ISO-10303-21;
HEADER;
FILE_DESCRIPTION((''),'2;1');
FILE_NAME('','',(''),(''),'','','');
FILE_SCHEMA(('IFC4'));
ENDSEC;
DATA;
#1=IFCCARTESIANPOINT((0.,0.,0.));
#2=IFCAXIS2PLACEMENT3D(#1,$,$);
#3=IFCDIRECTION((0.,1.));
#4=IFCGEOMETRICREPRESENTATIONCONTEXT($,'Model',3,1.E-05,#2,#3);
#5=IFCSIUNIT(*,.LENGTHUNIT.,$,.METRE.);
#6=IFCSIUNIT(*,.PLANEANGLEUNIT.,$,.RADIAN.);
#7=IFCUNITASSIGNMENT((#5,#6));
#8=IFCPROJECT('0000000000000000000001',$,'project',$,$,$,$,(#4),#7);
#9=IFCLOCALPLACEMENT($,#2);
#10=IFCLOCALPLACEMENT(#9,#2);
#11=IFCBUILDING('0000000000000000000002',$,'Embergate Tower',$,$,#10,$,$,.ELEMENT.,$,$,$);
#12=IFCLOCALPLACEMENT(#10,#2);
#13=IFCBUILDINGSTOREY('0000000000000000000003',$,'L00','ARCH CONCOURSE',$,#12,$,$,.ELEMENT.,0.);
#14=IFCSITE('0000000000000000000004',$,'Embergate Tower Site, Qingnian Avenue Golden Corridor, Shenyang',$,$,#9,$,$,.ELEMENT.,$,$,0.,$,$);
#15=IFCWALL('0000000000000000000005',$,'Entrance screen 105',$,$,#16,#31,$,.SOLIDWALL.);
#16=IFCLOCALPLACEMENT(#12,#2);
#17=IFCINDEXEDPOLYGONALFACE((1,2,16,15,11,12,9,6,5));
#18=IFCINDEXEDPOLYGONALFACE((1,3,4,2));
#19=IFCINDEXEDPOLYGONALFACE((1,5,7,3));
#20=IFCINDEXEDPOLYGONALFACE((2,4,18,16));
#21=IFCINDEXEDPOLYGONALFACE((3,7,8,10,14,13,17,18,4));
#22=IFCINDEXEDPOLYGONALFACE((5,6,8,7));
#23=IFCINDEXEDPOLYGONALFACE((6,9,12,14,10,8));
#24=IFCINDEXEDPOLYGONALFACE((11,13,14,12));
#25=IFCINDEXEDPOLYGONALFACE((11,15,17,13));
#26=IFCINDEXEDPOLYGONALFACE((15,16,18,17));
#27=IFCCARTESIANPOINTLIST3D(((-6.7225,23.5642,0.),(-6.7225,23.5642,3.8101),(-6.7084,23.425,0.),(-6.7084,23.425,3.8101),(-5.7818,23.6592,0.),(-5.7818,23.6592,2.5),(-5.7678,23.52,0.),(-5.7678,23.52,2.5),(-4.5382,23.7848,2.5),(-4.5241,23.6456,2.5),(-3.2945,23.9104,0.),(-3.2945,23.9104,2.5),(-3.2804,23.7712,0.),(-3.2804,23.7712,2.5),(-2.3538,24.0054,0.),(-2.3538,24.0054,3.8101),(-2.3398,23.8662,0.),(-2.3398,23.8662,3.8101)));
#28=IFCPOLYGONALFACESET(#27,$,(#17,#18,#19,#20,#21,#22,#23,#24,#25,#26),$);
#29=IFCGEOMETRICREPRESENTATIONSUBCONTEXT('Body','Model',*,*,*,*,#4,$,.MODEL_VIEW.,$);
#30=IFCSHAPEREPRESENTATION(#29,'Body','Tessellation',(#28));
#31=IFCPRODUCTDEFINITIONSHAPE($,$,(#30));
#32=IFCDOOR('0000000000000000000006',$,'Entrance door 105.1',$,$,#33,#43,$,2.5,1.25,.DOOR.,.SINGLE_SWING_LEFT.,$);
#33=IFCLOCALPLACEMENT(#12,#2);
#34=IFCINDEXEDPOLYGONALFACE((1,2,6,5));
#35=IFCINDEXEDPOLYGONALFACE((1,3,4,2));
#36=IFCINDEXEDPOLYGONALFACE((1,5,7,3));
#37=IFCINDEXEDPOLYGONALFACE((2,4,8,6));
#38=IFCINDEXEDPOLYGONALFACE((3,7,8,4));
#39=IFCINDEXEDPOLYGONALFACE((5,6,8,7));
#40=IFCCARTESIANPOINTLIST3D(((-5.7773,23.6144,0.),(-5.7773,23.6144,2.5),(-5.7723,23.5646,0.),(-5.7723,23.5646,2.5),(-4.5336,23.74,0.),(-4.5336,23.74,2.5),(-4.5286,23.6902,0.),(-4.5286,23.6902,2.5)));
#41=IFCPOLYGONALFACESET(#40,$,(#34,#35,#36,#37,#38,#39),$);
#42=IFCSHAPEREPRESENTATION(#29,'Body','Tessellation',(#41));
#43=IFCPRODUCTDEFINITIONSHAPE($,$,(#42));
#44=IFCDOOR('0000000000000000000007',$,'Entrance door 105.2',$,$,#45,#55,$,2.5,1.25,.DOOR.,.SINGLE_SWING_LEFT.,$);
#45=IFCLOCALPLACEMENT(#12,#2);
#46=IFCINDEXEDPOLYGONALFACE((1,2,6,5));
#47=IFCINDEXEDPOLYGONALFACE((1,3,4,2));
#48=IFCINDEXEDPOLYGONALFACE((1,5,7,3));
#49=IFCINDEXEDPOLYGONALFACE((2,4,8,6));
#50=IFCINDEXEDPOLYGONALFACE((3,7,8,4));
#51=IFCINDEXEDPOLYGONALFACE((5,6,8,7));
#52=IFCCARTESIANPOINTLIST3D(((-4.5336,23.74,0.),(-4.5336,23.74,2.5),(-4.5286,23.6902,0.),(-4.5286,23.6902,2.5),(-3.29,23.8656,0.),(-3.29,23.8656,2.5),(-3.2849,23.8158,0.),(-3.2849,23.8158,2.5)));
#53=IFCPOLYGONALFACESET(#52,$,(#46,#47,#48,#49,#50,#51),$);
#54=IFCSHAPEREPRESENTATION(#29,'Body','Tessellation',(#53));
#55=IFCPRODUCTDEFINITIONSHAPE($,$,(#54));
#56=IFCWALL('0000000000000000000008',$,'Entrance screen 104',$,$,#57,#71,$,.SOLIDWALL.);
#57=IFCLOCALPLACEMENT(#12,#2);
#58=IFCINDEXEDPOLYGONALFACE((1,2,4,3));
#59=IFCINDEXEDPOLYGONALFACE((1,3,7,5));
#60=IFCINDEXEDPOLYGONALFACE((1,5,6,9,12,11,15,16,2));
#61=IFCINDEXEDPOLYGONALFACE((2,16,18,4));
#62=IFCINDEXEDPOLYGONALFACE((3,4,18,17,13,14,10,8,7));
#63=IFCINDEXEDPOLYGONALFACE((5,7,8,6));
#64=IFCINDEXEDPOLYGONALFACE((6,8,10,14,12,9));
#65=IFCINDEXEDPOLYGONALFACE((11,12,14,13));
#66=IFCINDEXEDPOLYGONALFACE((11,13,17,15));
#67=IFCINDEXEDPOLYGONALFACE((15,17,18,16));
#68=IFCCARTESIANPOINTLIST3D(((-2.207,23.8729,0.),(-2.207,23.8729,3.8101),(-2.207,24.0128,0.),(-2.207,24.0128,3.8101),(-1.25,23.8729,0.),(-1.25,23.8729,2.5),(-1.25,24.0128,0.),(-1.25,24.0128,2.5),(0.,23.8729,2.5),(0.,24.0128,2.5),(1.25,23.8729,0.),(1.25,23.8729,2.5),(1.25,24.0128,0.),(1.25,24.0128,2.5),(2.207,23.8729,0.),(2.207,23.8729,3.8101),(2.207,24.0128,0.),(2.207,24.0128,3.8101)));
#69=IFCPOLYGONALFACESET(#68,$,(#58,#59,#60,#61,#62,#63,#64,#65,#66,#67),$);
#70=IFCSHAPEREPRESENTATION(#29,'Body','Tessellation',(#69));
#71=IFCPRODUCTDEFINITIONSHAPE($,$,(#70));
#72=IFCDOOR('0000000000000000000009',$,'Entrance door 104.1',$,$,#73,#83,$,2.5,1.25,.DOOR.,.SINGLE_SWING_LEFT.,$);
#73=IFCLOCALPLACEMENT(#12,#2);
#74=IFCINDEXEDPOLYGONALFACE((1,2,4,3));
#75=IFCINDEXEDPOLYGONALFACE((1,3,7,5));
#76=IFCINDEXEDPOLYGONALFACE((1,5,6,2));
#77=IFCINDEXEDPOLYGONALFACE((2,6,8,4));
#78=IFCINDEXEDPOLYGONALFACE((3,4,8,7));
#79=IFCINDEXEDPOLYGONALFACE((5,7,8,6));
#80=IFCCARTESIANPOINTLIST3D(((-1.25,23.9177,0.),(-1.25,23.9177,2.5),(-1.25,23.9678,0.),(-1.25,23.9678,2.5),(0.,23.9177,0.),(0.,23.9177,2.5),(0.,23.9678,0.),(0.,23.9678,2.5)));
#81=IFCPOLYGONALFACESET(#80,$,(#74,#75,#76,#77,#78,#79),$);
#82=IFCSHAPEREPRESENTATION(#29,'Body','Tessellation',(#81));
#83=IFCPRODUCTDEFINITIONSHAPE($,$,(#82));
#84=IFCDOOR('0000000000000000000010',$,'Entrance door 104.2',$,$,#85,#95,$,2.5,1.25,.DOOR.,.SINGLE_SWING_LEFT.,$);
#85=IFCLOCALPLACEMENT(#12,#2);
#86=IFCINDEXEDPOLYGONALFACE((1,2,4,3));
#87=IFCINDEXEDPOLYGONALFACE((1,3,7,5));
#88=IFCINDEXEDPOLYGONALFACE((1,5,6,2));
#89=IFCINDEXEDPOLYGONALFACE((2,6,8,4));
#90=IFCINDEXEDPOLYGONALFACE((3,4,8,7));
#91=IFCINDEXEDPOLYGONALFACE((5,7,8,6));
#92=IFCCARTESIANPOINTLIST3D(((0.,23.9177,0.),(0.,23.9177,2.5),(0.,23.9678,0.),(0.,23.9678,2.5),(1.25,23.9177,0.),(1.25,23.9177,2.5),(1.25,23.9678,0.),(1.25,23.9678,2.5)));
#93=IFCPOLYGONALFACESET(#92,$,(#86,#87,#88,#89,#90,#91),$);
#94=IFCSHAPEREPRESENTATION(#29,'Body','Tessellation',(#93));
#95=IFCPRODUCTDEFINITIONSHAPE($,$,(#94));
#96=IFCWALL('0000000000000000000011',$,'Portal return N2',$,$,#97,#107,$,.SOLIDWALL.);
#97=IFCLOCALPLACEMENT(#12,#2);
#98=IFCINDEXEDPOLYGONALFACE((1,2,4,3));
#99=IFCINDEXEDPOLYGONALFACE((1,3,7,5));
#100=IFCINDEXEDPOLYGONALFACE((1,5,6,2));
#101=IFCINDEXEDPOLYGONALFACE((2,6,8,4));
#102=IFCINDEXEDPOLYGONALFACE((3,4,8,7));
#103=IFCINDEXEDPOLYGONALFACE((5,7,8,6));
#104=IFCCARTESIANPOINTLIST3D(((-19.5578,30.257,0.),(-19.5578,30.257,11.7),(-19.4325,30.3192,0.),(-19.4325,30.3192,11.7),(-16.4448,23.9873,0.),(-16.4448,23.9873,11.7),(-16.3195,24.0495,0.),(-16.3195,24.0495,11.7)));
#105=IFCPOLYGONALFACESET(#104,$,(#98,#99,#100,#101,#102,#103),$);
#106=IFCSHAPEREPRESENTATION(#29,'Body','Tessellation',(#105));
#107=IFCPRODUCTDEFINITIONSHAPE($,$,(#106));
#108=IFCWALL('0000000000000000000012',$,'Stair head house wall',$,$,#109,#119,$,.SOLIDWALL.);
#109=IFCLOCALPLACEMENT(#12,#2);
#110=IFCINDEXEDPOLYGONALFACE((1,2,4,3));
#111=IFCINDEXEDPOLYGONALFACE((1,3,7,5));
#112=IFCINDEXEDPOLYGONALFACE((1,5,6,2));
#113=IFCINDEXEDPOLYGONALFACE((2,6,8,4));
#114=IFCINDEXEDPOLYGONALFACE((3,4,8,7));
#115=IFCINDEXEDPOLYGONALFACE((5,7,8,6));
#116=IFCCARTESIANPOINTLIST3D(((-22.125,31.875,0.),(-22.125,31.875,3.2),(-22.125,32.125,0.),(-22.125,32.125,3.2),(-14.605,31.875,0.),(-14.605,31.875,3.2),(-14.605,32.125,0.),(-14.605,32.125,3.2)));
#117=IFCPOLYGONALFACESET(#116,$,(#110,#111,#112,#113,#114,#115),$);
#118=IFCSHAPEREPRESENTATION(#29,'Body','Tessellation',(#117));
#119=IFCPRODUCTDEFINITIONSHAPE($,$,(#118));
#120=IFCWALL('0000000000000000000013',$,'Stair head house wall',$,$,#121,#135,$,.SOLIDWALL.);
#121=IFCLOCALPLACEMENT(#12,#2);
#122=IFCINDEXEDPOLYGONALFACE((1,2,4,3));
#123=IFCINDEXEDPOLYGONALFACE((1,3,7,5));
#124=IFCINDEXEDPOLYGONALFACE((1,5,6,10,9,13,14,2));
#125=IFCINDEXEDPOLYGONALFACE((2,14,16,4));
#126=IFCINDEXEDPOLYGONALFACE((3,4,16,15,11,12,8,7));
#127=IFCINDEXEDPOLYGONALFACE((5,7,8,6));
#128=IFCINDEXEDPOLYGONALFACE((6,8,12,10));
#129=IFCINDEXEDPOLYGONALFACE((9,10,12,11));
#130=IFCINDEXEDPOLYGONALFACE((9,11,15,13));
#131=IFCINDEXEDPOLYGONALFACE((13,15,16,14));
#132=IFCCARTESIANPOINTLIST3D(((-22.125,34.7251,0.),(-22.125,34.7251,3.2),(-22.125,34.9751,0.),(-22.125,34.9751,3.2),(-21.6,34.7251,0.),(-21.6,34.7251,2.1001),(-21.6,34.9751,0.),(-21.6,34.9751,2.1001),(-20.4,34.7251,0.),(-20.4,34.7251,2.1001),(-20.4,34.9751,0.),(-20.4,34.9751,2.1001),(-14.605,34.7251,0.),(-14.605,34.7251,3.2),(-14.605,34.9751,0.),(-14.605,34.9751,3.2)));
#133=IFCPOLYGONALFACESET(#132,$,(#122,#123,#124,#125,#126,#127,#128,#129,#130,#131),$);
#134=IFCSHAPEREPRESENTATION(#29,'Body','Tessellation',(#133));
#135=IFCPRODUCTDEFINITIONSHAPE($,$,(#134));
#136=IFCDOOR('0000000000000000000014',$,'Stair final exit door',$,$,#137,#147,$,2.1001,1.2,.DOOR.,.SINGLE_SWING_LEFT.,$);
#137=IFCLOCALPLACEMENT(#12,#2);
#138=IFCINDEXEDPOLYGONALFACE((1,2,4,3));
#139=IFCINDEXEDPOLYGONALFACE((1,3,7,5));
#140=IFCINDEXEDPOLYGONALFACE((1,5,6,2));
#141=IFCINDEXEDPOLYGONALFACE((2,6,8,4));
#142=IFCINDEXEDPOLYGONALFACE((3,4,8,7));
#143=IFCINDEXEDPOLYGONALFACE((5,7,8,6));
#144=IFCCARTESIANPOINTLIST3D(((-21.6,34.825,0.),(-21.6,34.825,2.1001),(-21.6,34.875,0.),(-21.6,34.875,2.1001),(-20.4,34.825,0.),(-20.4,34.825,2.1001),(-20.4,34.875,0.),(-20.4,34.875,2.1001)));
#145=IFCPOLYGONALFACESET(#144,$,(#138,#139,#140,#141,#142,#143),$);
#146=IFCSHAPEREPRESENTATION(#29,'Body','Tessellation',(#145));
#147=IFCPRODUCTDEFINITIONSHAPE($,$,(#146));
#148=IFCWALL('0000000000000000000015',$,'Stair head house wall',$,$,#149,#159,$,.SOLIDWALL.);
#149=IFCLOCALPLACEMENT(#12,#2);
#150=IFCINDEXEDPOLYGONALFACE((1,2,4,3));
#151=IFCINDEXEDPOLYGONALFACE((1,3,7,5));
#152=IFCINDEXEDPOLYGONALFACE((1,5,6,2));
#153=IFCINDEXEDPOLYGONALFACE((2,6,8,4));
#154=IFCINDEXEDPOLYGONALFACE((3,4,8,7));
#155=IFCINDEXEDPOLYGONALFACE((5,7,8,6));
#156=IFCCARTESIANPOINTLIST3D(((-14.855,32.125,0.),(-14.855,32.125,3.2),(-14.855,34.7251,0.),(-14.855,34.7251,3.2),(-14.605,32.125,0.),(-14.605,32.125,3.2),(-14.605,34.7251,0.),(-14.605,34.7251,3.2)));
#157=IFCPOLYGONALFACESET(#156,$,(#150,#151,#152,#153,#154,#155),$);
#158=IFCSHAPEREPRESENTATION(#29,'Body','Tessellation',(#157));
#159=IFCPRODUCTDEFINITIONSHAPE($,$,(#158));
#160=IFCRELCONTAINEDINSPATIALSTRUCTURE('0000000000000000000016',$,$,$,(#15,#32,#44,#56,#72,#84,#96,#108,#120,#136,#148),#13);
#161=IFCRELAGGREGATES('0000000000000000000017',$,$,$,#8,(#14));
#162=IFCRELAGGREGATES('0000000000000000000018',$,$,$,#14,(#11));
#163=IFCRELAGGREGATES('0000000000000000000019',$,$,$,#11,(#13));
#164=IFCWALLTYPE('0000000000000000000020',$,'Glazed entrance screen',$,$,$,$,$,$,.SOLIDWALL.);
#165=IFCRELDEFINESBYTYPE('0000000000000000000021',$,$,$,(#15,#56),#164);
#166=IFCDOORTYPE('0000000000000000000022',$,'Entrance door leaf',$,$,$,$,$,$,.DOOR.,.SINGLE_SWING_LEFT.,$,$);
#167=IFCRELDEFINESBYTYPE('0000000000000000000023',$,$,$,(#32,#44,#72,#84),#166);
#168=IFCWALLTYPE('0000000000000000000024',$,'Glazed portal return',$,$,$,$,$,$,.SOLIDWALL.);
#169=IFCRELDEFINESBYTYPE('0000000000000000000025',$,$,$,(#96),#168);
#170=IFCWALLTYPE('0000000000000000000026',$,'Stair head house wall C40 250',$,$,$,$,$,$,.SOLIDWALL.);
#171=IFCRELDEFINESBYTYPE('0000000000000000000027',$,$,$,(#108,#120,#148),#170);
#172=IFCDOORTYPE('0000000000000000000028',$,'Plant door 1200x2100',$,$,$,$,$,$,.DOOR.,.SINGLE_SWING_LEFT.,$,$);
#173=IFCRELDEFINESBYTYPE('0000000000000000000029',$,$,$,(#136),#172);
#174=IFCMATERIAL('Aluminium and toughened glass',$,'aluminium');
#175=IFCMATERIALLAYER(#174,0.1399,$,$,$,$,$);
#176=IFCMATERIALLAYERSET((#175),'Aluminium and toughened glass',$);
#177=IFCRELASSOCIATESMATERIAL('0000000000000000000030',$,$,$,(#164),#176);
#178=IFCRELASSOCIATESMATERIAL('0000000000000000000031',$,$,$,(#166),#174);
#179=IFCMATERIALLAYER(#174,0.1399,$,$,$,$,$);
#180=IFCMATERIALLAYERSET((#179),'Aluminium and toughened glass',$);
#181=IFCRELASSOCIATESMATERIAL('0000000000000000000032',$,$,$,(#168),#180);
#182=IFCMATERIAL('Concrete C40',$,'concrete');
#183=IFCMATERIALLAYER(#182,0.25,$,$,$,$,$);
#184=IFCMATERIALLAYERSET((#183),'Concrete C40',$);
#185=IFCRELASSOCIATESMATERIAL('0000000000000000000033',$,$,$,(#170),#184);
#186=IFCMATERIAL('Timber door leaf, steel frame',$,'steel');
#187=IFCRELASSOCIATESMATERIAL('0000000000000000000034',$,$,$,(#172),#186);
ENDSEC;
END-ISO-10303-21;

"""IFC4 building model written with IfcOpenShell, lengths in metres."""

from ifc_helpers import new_model, si_unit, direction, frame, frame_2d, origin, place, context, subcontext, project, spatial, rectangle, extrude, source, transform, mapped, material, layer, layer_set, type_object, element, fill, save


model = new_model("IFC4")

# Units and contexts
model_context = context("Model", 3, precision=1e-05, world=origin(), true_north=direction((0.0, 1.0)))
body_context = subcontext(model_context, "Body", "Model", "MODEL_VIEW")
ifc_project = project(units=[si_unit("LENGTHUNIT", "METRE"), si_unit("PLANEANGLEUNIT", "RADIAN")], contexts=[model_context])

# Site, building, storey
site_placement = place(None, origin())
site = spatial("IfcSite", under=ifc_project, at=site_placement, Name="Embergate Tower Site, Qingnian Avenue Golden Corridor, Shenyang", CompositionType="ELEMENT", RefElevation=0.0)
building_placement = place(site_placement, origin())
building = spatial("IfcBuilding", under=site, at=building_placement, Name="Embergate Tower", CompositionType="ELEMENT")
storey_placement = place(building_placement, origin())
storey = spatial("IfcBuildingStorey", under=building, at=storey_placement, Name="L00", Description="ARCH CONCOURSE", CompositionType="ELEMENT", Elevation=0.0)

# Shared definitions
ifc_material_1 = material(Name="Concrete C40", Category="concrete")

# Walls, openings, doors
ifc_material_2 = material(Name="Aluminium and toughened glass", Category="aluminium")
ifc_layer_1 = layer(ifc_material_2, 0.1399)
ifc_layer_set_1 = layer_set([ifc_layer_1], Name="Aluminium and toughened glass")
wall_type_1 = type_object("IfcWallType", Name="Glazed entrance screen", PredefinedType="SOLIDWALL", material=ifc_layer_set_1)
shared_shape_1 = source(origin(), body_context, "Body", "SweptSolid", [
    extrude(rectangle(XDim=4.3909, YDim=0.1399, at=frame_2d((2.1953, 0.0))), origin(), (0.0, 0.0, 1.0), 3.8101),
])
wall_1_placement = place(storey_placement, frame((-6.7153, 23.4946, 0.0), z_axis=(0.0, 0.0, 1.0), x_axis=(0.99494, 0.100473, 0.0)))
wall_1 = element("IfcWall", 1, at=wall_1_placement, inside=storey, type_object=wall_type_1, Name="Entrance screen 105", PredefinedType="SOLIDWALL", context=body_context, shape_type="MappedRepresentation", body=[
    mapped(shared_shape_1, transform((0.0, 0.0, 0.0))),
])
shared_shape_2 = source(origin(), body_context, "Body", "SweptSolid", [
    extrude(rectangle(XDim=1.25, YDim=2.5, at=frame_2d((0.625, 1.25))), frame((0.0, 0.0798, 0.0), z_axis=(0.0, -1.0, 0.0), x_axis=(1.0, 0.0, 0.0)), (0.0, 0.0, 1.0), 0.1599),
])
opening_1_placement = place(wall_1_placement, frame((0.9453, 0.0, 0.0)))
opening_1 = element("IfcOpeningElement", 2, at=opening_1_placement, cuts=wall_1, PredefinedType="OPENING", context=body_context, shape_type="MappedRepresentation", body=[
    mapped(shared_shape_2, transform((0.0, 0.0, 0.0))),
])
opening_2_placement = place(wall_1_placement, frame((2.1953, 0.0, 0.0)))
opening_2 = element("IfcOpeningElement", 3, at=opening_2_placement, cuts=wall_1, PredefinedType="OPENING", context=body_context, shape_type="MappedRepresentation", body=[
    mapped(shared_shape_2, transform((0.0, 0.0, 0.0))),
])
door_type_1 = type_object("IfcDoorType", Name="Entrance door leaf", OperationType="SINGLE_SWING_LEFT", PredefinedType="DOOR", material=ifc_material_2)
shared_shape_3 = source(origin(), body_context, "Body", "SweptSolid", [
    extrude(rectangle(XDim=1.25, YDim=2.5, at=frame_2d((0.625, 1.25))), frame((0.0, 0.0249, 0.0), z_axis=(0.0, -1.0, 0.0), x_axis=(1.0, 0.0, 0.0)), (0.0, 0.0, 1.0), 0.05),
])
door_1_placement = place(opening_1_placement, origin())
door_1 = element("IfcDoor", 4, at=door_1_placement, inside=storey, type_object=door_type_1, Name="Entrance door 105.1", OperationType="SINGLE_SWING_LEFT", OverallHeight=2.5, OverallWidth=1.25, PredefinedType="DOOR", context=body_context, shape_type="MappedRepresentation", body=[
    mapped(shared_shape_3, transform((0.0, 0.0, 0.0))),
])
fill(opening_1, door_1)
door_2_placement = place(opening_2_placement, origin())
door_2 = element("IfcDoor", 5, at=door_2_placement, inside=storey, type_object=door_type_1, Name="Entrance door 105.2", OperationType="SINGLE_SWING_LEFT", OverallHeight=2.5, OverallWidth=1.25, PredefinedType="DOOR", context=body_context, shape_type="MappedRepresentation", body=[
    mapped(shared_shape_3, transform((0.0, 0.0, 0.0))),
])
fill(opening_2, door_2)
shared_shape_4 = source(origin(), body_context, "Body", "SweptSolid", [
    extrude(rectangle(XDim=4.4141, YDim=0.1399, at=frame_2d((2.207, 0.0))), origin(), (0.0, 0.0, 1.0), 3.8101),
])
wall_2_placement = place(storey_placement, frame((-2.207, 23.9429, 0.0), z_axis=(0.0, 0.0, 1.0), x_axis=(1.0, 0.0, 0.0)))
wall_2 = element("IfcWall", 6, at=wall_2_placement, inside=storey, type_object=wall_type_1, Name="Entrance screen 104", PredefinedType="SOLIDWALL", context=body_context, shape_type="MappedRepresentation", body=[
    mapped(shared_shape_4, transform((0.0, 0.0, 0.0))),
])
opening_3_placement = place(wall_2_placement, frame((0.957, 0.0, 0.0)))
opening_3 = element("IfcOpeningElement", 7, at=opening_3_placement, cuts=wall_2, PredefinedType="OPENING", context=body_context, shape_type="MappedRepresentation", body=[
    mapped(shared_shape_2, transform((0.0, 0.0, 0.0))),
])
opening_4_placement = place(wall_2_placement, frame((2.207, 0.0, 0.0)))
opening_4 = element("IfcOpeningElement", 8, at=opening_4_placement, cuts=wall_2, PredefinedType="OPENING", context=body_context, shape_type="MappedRepresentation", body=[
    mapped(shared_shape_2, transform((0.0, 0.0, 0.0))),
])
door_3_placement = place(opening_3_placement, origin())
door_3 = element("IfcDoor", 9, at=door_3_placement, inside=storey, type_object=door_type_1, Name="Entrance door 104.1", OperationType="SINGLE_SWING_LEFT", OverallHeight=2.5, OverallWidth=1.25, PredefinedType="DOOR", context=body_context, shape_type="MappedRepresentation", body=[
    mapped(shared_shape_3, transform((0.0, 0.0, 0.0))),
])
fill(opening_3, door_3)
door_4_placement = place(opening_4_placement, origin())
door_4 = element("IfcDoor", 10, at=door_4_placement, inside=storey, type_object=door_type_1, Name="Entrance door 104.2", OperationType="SINGLE_SWING_LEFT", OverallHeight=2.5, OverallWidth=1.25, PredefinedType="DOOR", context=body_context, shape_type="MappedRepresentation", body=[
    mapped(shared_shape_3, transform((0.0, 0.0, 0.0))),
])
fill(opening_4, door_4)

# Walls
ifc_layer_2 = layer(ifc_material_2, 0.1399)
ifc_layer_set_2 = layer_set([ifc_layer_2], Name="Aluminium and toughened glass")
wall_type_2 = type_object("IfcWallType", Name="Glazed portal return", PredefinedType="SOLIDWALL", material=ifc_layer_set_2)
shared_shape_5 = source(origin(), body_context, "Body", "SweptSolid", [
    extrude(rectangle(XDim=7.0, YDim=0.1399, at=frame_2d((3.5, 0.0))), origin(), (0.0, 0.0, 1.0), 11.7),
])
wall_3_placement = place(storey_placement, frame((-19.4951, 30.2881, 0.0), z_axis=(0.0, 0.0, 1.0), x_axis=(0.444715, -0.895672, 0.0)))
element("IfcWall", 11, at=wall_3_placement, inside=storey, type_object=wall_type_2, Name="Portal return N2", PredefinedType="SOLIDWALL", context=body_context, shape_type="MappedRepresentation", body=[
    mapped(shared_shape_5, transform((0.0, 0.0, 0.0))),
])
ifc_layer_3 = layer(ifc_material_1, 0.25)
ifc_layer_set_3 = layer_set([ifc_layer_3], Name="Concrete C40")
wall_type_3 = type_object("IfcWallType", Name="Stair head house wall C40 250", PredefinedType="SOLIDWALL", material=ifc_layer_set_3)
shared_shape_6 = source(origin(), body_context, "Body", "SweptSolid", [
    extrude(rectangle(XDim=7.52, YDim=0.25, at=frame_2d((3.76, 0.0))), origin(), (0.0, 0.0, 1.0), 3.2),
])
wall_4_placement = place(storey_placement, frame((-22.125, 32.0, 0.0), z_axis=(0.0, 0.0, 1.0), x_axis=(1.0, 0.0, 0.0)))
element("IfcWall", 12, at=wall_4_placement, inside=storey, type_object=wall_type_3, Name="Stair head house wall", PredefinedType="SOLIDWALL", context=body_context, shape_type="MappedRepresentation", body=[
    mapped(shared_shape_6, transform((0.0, 0.0, 0.0))),
])

# Wall, opening, door
wall_5_placement = place(storey_placement, frame((-22.125, 34.8501, 0.0), z_axis=(0.0, 0.0, 1.0), x_axis=(1.0, 0.0, 0.0)))
wall_5 = element("IfcWall", 13, at=wall_5_placement, inside=storey, type_object=wall_type_3, Name="Stair head house wall", PredefinedType="SOLIDWALL", context=body_context, shape_type="MappedRepresentation", body=[
    mapped(shared_shape_6, transform((0.0, 0.0, 0.0))),
])
shared_shape_7 = source(origin(), body_context, "Body", "SweptSolid", [
    extrude(rectangle(XDim=1.2, YDim=2.1001, at=frame_2d((0.6001, 1.05))), frame((0.0, 0.135, 0.0), z_axis=(0.0, -1.0, 0.0), x_axis=(1.0, 0.0, 0.0)), (0.0, 0.0, 1.0), 0.27),
])
opening_5_placement = place(wall_5_placement, frame((0.5249, 0.0, 0.0)))
opening_5 = element("IfcOpeningElement", 14, at=opening_5_placement, cuts=wall_5, PredefinedType="OPENING", context=body_context, shape_type="MappedRepresentation", body=[
    mapped(shared_shape_7, transform((0.0, 0.0, 0.0))),
])
ifc_material_3 = material(Name="Timber door leaf, steel frame", Category="steel")
door_type_2 = type_object("IfcDoorType", Name="Plant door 1200x2100", OperationType="SINGLE_SWING_LEFT", PredefinedType="DOOR", material=ifc_material_3)
shared_shape_8 = source(origin(), body_context, "Body", "SweptSolid", [
    extrude(rectangle(XDim=1.2, YDim=2.1001, at=frame_2d((0.6001, 1.05))), frame((0.0, 0.0249, 0.0), z_axis=(0.0, -1.0, 0.0), x_axis=(1.0, 0.0, 0.0)), (0.0, 0.0, 1.0), 0.05),
])
door_5_placement = place(opening_5_placement, origin())
door_5 = element("IfcDoor", 15, at=door_5_placement, inside=storey, type_object=door_type_2, Name="Stair final exit door", OperationType="SINGLE_SWING_LEFT", OverallHeight=2.1001, OverallWidth=1.2, PredefinedType="DOOR", context=body_context, shape_type="MappedRepresentation", body=[
    mapped(shared_shape_8, transform((0.0, 0.0, 0.0))),
])
fill(opening_5, door_5)

# Wall
shared_shape_9 = source(origin(), body_context, "Body", "SweptSolid", [
    extrude(rectangle(XDim=2.6001, YDim=0.25, at=frame_2d((1.3, 0.0))), origin(), (0.0, 0.0, 1.0), 3.2),
])
wall_6_placement = place(storey_placement, frame((-14.73, 32.125, 0.0), z_axis=(0.0, 0.0, 1.0), x_axis=(0.0, 1.0, 0.0)))
element("IfcWall", 16, at=wall_6_placement, inside=storey, type_object=wall_type_3, Name="Stair head house wall", PredefinedType="SOLIDWALL", context=body_context, shape_type="MappedRepresentation", body=[
    mapped(shared_shape_9, transform((0.0, 0.0, 0.0))),
])

save(model, "model.ifc")
